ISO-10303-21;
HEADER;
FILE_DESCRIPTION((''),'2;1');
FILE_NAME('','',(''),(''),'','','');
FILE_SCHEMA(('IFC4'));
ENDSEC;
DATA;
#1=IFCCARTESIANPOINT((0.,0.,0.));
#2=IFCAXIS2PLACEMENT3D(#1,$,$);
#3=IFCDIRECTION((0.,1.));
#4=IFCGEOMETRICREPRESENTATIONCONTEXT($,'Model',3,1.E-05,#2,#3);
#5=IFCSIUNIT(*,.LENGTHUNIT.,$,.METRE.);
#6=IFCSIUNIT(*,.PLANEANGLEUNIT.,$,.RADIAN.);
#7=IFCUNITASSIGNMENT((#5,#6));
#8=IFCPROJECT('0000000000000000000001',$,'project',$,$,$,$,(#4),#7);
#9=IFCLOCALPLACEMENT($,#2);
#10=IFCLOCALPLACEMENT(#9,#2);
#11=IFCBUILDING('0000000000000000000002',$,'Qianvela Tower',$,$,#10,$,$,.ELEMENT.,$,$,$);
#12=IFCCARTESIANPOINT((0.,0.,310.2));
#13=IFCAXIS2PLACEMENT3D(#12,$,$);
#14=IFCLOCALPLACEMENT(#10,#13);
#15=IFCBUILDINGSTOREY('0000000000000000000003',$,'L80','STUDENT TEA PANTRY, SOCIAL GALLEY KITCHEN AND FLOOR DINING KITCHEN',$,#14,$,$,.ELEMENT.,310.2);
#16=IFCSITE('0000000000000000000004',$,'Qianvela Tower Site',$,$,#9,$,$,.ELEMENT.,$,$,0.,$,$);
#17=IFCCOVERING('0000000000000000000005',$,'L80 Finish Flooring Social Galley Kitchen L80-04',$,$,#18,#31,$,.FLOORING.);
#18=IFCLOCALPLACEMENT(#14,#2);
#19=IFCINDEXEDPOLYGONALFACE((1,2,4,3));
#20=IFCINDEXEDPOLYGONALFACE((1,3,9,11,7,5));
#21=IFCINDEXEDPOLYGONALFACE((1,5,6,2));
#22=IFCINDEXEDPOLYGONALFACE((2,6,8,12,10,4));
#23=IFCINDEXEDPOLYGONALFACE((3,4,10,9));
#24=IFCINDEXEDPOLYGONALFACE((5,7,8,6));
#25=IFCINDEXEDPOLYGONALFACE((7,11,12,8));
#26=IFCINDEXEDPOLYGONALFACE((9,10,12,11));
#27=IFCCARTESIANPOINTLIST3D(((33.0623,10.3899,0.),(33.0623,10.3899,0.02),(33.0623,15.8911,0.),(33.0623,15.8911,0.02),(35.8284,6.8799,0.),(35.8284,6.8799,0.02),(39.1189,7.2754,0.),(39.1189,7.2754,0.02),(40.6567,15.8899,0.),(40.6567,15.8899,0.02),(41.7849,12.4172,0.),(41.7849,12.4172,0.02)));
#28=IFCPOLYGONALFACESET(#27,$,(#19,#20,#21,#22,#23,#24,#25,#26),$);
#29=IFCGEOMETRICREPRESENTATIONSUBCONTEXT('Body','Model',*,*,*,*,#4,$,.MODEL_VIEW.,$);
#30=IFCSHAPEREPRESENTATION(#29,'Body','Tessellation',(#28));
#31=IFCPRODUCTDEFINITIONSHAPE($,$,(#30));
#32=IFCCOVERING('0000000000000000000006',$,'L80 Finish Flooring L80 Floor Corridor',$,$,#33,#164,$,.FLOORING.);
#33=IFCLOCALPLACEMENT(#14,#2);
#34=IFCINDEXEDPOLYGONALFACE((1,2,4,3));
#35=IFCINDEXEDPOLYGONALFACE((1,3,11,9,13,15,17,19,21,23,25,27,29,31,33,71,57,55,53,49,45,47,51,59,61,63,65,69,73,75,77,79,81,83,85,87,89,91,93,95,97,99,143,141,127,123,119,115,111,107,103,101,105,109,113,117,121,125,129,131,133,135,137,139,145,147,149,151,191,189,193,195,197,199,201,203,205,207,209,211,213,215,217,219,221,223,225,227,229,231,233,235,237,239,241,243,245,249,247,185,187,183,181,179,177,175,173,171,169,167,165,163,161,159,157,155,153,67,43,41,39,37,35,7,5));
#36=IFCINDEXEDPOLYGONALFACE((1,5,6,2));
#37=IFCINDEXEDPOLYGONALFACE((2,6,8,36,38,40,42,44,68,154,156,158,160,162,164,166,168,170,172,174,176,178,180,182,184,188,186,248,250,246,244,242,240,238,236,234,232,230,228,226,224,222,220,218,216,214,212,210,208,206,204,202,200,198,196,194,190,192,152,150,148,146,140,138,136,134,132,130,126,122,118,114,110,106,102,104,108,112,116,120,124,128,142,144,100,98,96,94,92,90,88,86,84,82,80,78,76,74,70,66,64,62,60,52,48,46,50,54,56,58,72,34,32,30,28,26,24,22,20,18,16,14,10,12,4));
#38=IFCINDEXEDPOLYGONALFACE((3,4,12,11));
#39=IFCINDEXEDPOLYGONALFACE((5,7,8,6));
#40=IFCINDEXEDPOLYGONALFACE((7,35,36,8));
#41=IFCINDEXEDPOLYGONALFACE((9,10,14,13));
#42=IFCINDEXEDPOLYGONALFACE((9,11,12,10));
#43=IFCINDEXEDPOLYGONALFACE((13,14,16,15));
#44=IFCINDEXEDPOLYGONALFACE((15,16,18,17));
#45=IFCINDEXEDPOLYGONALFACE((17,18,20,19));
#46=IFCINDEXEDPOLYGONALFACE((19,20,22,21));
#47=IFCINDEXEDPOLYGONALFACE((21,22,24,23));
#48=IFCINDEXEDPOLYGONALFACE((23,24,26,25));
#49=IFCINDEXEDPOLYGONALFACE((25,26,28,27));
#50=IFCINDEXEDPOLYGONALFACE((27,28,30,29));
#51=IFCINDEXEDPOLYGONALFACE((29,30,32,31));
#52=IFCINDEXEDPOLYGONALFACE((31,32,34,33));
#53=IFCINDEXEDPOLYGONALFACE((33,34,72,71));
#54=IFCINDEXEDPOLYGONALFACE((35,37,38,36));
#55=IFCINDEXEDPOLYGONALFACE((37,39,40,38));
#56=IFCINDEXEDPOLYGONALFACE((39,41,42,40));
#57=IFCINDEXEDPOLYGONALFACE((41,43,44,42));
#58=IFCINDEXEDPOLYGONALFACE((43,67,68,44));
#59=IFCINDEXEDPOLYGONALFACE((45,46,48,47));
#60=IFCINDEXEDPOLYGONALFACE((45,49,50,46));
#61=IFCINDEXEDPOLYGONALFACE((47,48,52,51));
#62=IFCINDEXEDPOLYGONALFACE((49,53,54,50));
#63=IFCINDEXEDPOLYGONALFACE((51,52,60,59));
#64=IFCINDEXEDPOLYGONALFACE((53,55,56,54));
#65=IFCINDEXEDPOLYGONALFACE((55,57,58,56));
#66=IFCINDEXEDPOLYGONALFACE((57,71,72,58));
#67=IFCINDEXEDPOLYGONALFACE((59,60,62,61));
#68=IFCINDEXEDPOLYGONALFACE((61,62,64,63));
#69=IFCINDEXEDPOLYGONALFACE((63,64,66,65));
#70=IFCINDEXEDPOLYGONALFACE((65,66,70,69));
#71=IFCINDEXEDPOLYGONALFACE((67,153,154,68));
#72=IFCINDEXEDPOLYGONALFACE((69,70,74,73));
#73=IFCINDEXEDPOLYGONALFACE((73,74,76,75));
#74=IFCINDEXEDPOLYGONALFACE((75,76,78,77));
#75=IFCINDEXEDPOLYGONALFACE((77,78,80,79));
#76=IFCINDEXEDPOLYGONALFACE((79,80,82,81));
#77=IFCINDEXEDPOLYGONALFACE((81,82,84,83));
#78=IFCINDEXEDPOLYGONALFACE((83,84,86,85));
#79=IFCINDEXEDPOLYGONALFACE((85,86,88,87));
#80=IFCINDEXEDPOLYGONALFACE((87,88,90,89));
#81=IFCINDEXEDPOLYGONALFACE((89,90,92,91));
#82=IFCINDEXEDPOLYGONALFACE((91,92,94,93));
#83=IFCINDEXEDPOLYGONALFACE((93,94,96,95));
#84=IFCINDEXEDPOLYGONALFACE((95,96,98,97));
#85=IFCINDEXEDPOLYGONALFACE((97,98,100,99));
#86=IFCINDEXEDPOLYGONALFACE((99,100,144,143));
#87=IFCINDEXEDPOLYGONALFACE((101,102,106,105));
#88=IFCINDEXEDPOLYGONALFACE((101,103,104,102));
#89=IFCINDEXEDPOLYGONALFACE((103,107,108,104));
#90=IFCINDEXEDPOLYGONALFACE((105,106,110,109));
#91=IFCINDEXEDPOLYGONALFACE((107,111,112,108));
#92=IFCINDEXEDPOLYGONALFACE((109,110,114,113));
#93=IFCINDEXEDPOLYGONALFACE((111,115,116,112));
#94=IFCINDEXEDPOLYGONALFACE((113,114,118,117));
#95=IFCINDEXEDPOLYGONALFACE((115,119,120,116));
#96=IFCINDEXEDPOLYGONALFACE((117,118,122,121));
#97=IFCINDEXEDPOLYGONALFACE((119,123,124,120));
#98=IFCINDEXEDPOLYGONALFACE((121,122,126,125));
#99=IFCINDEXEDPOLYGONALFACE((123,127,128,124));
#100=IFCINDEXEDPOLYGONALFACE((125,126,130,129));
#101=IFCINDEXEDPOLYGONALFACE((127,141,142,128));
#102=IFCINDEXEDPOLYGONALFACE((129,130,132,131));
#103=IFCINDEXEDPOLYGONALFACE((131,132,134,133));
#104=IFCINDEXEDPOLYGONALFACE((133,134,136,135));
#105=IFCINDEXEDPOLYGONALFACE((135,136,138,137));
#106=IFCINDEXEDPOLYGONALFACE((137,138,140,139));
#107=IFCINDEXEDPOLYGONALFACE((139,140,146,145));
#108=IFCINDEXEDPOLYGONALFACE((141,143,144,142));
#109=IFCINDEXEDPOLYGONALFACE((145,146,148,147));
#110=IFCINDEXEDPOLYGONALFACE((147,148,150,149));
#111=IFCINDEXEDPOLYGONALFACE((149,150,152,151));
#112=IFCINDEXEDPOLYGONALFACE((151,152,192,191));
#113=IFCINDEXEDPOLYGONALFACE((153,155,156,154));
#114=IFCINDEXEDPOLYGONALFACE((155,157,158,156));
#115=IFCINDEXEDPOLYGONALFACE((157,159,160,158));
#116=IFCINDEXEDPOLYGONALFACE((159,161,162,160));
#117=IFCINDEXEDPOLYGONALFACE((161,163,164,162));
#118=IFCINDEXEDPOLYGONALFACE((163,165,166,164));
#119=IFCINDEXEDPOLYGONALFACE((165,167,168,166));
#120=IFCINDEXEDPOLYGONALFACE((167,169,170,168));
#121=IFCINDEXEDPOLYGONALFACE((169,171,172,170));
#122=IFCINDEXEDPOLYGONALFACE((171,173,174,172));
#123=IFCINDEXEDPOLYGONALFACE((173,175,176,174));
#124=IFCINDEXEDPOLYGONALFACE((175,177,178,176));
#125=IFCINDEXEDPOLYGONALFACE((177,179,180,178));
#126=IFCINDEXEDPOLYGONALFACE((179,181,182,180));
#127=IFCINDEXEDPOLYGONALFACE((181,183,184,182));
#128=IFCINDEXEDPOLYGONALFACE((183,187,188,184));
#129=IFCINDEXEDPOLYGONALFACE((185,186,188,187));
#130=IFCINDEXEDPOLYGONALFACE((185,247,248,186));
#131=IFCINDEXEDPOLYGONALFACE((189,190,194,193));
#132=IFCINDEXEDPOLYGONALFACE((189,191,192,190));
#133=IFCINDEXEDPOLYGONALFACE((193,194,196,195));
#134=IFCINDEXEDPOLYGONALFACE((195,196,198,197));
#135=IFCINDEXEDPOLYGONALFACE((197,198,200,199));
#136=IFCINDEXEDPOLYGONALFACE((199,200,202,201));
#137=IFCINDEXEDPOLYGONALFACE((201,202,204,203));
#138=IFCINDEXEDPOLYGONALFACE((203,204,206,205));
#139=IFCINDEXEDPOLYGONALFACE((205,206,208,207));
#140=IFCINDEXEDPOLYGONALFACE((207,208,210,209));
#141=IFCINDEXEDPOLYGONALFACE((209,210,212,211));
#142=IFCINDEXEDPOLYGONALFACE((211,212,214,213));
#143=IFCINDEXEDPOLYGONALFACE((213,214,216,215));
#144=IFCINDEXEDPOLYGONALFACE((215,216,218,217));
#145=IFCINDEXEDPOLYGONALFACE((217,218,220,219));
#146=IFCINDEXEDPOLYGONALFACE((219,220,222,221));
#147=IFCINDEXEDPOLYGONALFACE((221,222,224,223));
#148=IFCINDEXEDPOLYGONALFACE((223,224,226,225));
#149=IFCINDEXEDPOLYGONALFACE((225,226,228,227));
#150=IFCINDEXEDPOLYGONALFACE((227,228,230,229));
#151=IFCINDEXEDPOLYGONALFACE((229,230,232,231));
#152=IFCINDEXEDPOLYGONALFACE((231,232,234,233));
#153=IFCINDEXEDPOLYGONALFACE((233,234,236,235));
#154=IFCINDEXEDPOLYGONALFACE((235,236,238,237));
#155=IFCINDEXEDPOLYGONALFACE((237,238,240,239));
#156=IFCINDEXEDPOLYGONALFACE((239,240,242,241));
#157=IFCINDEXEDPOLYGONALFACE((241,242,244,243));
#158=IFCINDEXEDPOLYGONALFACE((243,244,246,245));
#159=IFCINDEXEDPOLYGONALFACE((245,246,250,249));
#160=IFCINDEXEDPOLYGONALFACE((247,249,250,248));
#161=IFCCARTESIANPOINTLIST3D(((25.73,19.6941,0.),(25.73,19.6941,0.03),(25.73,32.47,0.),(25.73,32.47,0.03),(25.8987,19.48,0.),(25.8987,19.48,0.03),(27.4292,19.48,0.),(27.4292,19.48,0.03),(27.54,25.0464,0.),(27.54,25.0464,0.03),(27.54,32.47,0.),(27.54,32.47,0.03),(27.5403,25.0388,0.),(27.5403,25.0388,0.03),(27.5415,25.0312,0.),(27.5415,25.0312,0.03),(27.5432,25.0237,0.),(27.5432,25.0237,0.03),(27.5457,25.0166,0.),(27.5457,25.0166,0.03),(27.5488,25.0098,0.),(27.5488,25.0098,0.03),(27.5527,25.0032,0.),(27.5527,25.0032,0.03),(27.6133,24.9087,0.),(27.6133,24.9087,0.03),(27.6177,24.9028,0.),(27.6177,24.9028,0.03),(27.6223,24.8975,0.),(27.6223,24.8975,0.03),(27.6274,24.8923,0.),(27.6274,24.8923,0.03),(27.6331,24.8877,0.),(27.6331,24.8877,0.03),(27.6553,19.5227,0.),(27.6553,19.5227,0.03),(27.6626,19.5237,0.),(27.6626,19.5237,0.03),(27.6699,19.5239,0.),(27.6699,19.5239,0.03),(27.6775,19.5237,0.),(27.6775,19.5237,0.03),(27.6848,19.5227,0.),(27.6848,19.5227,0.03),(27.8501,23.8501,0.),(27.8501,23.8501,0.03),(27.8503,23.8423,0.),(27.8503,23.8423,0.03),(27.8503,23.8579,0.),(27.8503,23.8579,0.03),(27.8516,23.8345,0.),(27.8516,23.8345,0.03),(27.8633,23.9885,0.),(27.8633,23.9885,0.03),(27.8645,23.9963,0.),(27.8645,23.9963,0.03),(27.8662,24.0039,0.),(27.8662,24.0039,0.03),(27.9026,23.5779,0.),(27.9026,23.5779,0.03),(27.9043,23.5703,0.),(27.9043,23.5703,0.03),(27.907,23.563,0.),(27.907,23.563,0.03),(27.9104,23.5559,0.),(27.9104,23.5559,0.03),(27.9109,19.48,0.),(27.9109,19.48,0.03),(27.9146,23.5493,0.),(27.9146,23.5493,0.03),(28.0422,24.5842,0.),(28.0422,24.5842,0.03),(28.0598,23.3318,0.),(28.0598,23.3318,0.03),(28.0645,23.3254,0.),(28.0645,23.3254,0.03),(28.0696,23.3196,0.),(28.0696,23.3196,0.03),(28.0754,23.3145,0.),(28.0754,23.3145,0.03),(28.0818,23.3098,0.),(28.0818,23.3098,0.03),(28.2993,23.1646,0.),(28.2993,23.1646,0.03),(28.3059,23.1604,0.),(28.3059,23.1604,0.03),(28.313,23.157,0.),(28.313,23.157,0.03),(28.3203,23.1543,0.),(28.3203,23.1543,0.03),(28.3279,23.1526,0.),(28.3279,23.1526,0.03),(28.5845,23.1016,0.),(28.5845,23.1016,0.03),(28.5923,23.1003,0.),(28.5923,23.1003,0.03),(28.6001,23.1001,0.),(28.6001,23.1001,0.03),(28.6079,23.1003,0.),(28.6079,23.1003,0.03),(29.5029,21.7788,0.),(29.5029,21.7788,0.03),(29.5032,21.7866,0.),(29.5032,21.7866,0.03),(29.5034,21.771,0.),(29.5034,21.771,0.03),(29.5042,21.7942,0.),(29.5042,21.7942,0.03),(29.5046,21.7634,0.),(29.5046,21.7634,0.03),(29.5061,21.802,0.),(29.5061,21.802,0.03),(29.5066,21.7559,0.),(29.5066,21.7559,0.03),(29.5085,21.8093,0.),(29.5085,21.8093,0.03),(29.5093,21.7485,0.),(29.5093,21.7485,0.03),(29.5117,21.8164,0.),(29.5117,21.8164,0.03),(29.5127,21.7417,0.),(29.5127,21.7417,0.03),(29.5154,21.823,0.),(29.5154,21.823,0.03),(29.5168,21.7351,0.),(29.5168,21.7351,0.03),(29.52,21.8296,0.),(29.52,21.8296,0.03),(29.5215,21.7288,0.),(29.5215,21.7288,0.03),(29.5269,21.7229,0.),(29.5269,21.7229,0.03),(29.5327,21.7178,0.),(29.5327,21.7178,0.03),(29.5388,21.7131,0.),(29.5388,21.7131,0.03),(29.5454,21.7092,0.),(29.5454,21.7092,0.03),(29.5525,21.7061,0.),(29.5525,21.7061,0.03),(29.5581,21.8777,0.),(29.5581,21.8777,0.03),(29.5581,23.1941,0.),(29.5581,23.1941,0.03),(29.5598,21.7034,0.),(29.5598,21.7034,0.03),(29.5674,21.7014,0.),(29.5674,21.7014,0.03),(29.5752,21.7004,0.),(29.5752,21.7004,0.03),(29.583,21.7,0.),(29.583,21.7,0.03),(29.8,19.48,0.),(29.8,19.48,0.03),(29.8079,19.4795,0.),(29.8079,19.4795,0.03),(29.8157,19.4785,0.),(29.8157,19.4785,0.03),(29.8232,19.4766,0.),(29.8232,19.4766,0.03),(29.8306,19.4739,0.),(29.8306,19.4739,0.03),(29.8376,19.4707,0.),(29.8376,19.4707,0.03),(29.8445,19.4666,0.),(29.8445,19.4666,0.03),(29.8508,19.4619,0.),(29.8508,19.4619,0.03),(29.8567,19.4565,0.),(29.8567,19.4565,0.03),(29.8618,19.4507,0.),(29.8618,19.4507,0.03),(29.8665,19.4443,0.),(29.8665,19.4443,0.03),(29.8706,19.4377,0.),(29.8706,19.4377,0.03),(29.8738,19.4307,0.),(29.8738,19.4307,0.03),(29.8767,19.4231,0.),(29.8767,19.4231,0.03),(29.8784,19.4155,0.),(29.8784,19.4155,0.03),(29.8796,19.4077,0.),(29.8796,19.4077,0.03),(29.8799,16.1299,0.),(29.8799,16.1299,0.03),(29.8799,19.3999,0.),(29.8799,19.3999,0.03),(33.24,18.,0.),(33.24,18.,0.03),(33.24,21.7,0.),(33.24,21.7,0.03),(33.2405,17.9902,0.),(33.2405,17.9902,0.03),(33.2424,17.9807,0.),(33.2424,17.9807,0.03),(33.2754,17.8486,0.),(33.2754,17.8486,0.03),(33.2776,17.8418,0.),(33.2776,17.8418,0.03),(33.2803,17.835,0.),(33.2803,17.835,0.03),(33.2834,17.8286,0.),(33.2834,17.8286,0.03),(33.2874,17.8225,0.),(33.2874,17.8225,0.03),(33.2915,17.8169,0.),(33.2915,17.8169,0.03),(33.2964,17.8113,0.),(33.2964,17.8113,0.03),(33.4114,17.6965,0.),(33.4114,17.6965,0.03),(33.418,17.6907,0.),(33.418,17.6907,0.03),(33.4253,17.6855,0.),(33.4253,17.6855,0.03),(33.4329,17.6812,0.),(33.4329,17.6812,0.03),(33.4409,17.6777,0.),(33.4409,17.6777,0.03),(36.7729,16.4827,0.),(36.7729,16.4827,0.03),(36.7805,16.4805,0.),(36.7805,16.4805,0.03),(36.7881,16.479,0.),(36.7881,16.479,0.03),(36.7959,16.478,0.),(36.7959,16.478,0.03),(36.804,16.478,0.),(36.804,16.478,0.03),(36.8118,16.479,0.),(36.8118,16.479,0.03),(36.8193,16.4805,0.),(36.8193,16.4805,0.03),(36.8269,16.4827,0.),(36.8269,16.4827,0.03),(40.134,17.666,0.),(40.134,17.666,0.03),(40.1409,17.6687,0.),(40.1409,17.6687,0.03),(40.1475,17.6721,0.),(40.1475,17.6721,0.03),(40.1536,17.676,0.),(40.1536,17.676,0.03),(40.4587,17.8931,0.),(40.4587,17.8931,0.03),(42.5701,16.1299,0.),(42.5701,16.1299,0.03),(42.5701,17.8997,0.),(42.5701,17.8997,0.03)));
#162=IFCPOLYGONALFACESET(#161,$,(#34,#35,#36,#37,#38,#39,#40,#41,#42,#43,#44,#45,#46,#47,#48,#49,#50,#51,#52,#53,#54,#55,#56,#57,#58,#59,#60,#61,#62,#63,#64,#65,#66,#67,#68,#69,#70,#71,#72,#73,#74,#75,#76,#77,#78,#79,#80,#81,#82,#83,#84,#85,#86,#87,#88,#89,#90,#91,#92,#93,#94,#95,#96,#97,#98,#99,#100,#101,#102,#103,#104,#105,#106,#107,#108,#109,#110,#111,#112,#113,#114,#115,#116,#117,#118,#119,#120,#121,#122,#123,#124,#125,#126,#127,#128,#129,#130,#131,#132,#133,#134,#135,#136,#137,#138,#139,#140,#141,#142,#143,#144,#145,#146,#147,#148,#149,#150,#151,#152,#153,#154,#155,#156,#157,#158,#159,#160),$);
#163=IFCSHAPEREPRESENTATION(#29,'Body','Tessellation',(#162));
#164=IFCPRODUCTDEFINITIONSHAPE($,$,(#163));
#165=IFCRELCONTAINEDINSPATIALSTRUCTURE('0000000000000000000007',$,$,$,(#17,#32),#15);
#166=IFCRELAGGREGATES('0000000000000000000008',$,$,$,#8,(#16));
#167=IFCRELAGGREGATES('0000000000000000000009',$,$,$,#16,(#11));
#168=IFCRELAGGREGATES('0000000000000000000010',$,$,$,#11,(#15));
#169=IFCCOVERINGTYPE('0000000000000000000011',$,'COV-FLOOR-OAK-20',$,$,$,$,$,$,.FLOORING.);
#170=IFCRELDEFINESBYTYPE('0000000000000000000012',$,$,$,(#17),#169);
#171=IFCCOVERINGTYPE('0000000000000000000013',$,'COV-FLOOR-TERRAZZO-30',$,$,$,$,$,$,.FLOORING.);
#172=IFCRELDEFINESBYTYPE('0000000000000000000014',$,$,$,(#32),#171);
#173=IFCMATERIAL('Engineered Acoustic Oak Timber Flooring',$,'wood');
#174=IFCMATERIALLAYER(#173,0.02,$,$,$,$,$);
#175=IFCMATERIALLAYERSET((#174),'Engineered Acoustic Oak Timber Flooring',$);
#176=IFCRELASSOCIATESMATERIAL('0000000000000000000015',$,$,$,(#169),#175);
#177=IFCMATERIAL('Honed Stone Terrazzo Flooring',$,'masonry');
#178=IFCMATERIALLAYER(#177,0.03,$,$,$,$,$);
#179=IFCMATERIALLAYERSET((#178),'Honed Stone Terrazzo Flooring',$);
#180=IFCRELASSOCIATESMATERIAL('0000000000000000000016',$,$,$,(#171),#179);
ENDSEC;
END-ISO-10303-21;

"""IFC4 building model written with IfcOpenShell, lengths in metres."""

from ifc_helpers import new_model, si_unit, direction, frame, origin, place, context, subcontext, project, spatial, polyline, outline, extrude, material, layer, layer_set, type_object, element, save


model = new_model("IFC4")

# Units and contexts
model_context = context("Model", 3, precision=1e-05, world=origin(), true_north=direction((0.0, 1.0)))
body_context = subcontext(model_context, "Body", "Model", "MODEL_VIEW")
ifc_project = project(units=[si_unit("LENGTHUNIT", "METRE"), si_unit("PLANEANGLEUNIT", "RADIAN")], contexts=[model_context])

# Site, building, storey
site_placement = place(None, origin())
site = spatial("IfcSite", under=ifc_project, at=site_placement, Name="Qianvela Tower Site", CompositionType="ELEMENT", RefElevation=0.0)
building_placement = place(site_placement, origin())
building = spatial("IfcBuilding", under=site, at=building_placement, Name="Qianvela Tower", CompositionType="ELEMENT")
storey_placement = place(building_placement, frame((0.0, 0.0, 310.2)))
storey = spatial("IfcBuildingStorey", under=building, at=storey_placement, Name="L80", Description="STUDENT TEA PANTRY, SOCIAL GALLEY KITCHEN AND FLOOR DINING KITCHEN", CompositionType="ELEMENT", Elevation=310.2)

# Coverings
ifc_material_1 = material(Name="Engineered Acoustic Oak Timber Flooring", Category="wood")
ifc_layer_1 = layer(ifc_material_1, 0.02)
ifc_layer_set_1 = layer_set([ifc_layer_1], Name="Engineered Acoustic Oak Timber Flooring")
covering_type_1 = type_object("IfcCoveringType", Name="COV-FLOOR-OAK-20", PredefinedType="FLOORING", material=ifc_layer_set_1)
covering_1_placement = place(storey_placement, origin())
element("IfcCovering", 1, at=covering_1_placement, inside=storey, type_object=covering_type_1, Name="L80 Finish Flooring Social Galley Kitchen L80-04", PredefinedType="FLOORING", context=body_context, shape_type="SweptSolid", body=[
    extrude(outline(polyline([(33.0623, 15.8911), (40.6567, 15.8899), (41.7849, 12.4172), (39.1189, 7.2754), (35.8284, 6.8799), (33.0623, 10.3899), (33.0623, 15.8911)])), origin(), (0.0, 0.0, 1.0), 0.02),
])
ifc_material_2 = material(Name="Honed Stone Terrazzo Flooring", Category="masonry")
ifc_layer_2 = layer(ifc_material_2, 0.03)
ifc_layer_set_2 = layer_set([ifc_layer_2], Name="Honed Stone Terrazzo Flooring")
covering_type_2 = type_object("IfcCoveringType", Name="COV-FLOOR-TERRAZZO-30", PredefinedType="FLOORING", material=ifc_layer_set_2)
covering_2_placement = place(storey_placement, origin())
element("IfcCovering", 2, at=covering_2_placement, inside=storey, type_object=covering_type_2, Name="L80 Finish Flooring L80 Floor Corridor", PredefinedType="FLOORING", context=body_context, shape_type="SweptSolid", body=[
    extrude(outline(polyline([(25.73, 32.47), (27.54, 32.47), (27.54, 25.0464), (27.5403, 25.0388), (27.5415, 25.0312), (27.5432, 25.0237), (27.5457, 25.0166), (27.5488, 25.0098), (27.5527, 25.0032), (27.6133, 24.9087), (27.6177, 24.9028), (27.6223, 24.8975), (27.6274, 24.8923), (27.6331, 24.8877), (28.0422, 24.5842), (27.8662, 24.0039), (27.8645, 23.9963), (27.8633, 23.9885), (27.8503, 23.8579), (27.8501, 23.8501), (27.8503, 23.8423), (27.8516, 23.8345), (27.9026, 23.5779), (27.9043, 23.5703), (27.907, 23.563), (27.9104, 23.5559), (27.9146, 23.5493), (28.0598, 23.3318), (28.0645, 23.3254), (28.0696, 23.3196), (28.0754, 23.3145), (28.0818, 23.3098), (28.2993, 23.1646), (28.3059, 23.1604), (28.313, 23.157), (28.3203, 23.1543), (28.3279, 23.1526), (28.5845, 23.1016), (28.5923, 23.1003), (28.6001, 23.1001), (28.6079, 23.1003), (29.5581, 23.1941), (29.5581, 21.8777), (29.52, 21.8296), (29.5154, 21.823), (29.5117, 21.8164), (29.5085, 21.8093), (29.5061, 21.802), (29.5042, 21.7942), (29.5032, 21.7866), (29.5029, 21.7788), (29.5034, 21.771), (29.5046, 21.7634), (29.5066, 21.7559), (29.5093, 21.7485), (29.5127, 21.7417), (29.5168, 21.7351), (29.5215, 21.7288), (29.5269, 21.7229), (29.5327, 21.7178), (29.5388, 21.7131), (29.5454, 21.7092), (29.5525, 21.7061), (29.5598, 21.7034), (29.5674, 21.7014), (29.5752, 21.7004), (29.583, 21.7), (33.24, 21.7), (33.24, 18.0), (33.2405, 17.9902), (33.2424, 17.9807), (33.2754, 17.8486), (33.2776, 17.8418), (33.2803, 17.835), (33.2834, 17.8286), (33.2874, 17.8225), (33.2915, 17.8169), (33.2964, 17.8113), (33.4114, 17.6965), (33.418, 17.6907), (33.4253, 17.6855), (33.4329, 17.6812), (33.4409, 17.6777), (36.7729, 16.4827), (36.7805, 16.4805), (36.7881, 16.479), (36.7959, 16.478), (36.804, 16.478), (36.8118, 16.479), (36.8193, 16.4805), (36.8269, 16.4827), (40.134, 17.666), (40.1409, 17.6687), (40.1475, 17.6721), (40.1536, 17.676), (40.4587, 17.8931), (42.5701, 17.8997), (42.5701, 16.1299), (29.8799, 16.1299), (29.8799, 19.3999), (29.8796, 19.4077), (29.8784, 19.4155), (29.8767, 19.4231), (29.8738, 19.4307), (29.8706, 19.4377), (29.8665, 19.4443), (29.8618, 19.4507), (29.8567, 19.4565), (29.8508, 19.4619), (29.8445, 19.4666), (29.8376, 19.4707), (29.8306, 19.4739), (29.8232, 19.4766), (29.8157, 19.4785), (29.8079, 19.4795), (29.8, 19.48), (27.9109, 19.48), (27.6848, 19.5227), (27.6775, 19.5237), (27.6699, 19.5239), (27.6626, 19.5237), (27.6553, 19.5227), (27.4292, 19.48), (25.8987, 19.48), (25.73, 19.6941), (25.73, 32.47)])), origin(), (0.0, 0.0, 1.0), 0.03),
])

save(model, "model.ifc")
